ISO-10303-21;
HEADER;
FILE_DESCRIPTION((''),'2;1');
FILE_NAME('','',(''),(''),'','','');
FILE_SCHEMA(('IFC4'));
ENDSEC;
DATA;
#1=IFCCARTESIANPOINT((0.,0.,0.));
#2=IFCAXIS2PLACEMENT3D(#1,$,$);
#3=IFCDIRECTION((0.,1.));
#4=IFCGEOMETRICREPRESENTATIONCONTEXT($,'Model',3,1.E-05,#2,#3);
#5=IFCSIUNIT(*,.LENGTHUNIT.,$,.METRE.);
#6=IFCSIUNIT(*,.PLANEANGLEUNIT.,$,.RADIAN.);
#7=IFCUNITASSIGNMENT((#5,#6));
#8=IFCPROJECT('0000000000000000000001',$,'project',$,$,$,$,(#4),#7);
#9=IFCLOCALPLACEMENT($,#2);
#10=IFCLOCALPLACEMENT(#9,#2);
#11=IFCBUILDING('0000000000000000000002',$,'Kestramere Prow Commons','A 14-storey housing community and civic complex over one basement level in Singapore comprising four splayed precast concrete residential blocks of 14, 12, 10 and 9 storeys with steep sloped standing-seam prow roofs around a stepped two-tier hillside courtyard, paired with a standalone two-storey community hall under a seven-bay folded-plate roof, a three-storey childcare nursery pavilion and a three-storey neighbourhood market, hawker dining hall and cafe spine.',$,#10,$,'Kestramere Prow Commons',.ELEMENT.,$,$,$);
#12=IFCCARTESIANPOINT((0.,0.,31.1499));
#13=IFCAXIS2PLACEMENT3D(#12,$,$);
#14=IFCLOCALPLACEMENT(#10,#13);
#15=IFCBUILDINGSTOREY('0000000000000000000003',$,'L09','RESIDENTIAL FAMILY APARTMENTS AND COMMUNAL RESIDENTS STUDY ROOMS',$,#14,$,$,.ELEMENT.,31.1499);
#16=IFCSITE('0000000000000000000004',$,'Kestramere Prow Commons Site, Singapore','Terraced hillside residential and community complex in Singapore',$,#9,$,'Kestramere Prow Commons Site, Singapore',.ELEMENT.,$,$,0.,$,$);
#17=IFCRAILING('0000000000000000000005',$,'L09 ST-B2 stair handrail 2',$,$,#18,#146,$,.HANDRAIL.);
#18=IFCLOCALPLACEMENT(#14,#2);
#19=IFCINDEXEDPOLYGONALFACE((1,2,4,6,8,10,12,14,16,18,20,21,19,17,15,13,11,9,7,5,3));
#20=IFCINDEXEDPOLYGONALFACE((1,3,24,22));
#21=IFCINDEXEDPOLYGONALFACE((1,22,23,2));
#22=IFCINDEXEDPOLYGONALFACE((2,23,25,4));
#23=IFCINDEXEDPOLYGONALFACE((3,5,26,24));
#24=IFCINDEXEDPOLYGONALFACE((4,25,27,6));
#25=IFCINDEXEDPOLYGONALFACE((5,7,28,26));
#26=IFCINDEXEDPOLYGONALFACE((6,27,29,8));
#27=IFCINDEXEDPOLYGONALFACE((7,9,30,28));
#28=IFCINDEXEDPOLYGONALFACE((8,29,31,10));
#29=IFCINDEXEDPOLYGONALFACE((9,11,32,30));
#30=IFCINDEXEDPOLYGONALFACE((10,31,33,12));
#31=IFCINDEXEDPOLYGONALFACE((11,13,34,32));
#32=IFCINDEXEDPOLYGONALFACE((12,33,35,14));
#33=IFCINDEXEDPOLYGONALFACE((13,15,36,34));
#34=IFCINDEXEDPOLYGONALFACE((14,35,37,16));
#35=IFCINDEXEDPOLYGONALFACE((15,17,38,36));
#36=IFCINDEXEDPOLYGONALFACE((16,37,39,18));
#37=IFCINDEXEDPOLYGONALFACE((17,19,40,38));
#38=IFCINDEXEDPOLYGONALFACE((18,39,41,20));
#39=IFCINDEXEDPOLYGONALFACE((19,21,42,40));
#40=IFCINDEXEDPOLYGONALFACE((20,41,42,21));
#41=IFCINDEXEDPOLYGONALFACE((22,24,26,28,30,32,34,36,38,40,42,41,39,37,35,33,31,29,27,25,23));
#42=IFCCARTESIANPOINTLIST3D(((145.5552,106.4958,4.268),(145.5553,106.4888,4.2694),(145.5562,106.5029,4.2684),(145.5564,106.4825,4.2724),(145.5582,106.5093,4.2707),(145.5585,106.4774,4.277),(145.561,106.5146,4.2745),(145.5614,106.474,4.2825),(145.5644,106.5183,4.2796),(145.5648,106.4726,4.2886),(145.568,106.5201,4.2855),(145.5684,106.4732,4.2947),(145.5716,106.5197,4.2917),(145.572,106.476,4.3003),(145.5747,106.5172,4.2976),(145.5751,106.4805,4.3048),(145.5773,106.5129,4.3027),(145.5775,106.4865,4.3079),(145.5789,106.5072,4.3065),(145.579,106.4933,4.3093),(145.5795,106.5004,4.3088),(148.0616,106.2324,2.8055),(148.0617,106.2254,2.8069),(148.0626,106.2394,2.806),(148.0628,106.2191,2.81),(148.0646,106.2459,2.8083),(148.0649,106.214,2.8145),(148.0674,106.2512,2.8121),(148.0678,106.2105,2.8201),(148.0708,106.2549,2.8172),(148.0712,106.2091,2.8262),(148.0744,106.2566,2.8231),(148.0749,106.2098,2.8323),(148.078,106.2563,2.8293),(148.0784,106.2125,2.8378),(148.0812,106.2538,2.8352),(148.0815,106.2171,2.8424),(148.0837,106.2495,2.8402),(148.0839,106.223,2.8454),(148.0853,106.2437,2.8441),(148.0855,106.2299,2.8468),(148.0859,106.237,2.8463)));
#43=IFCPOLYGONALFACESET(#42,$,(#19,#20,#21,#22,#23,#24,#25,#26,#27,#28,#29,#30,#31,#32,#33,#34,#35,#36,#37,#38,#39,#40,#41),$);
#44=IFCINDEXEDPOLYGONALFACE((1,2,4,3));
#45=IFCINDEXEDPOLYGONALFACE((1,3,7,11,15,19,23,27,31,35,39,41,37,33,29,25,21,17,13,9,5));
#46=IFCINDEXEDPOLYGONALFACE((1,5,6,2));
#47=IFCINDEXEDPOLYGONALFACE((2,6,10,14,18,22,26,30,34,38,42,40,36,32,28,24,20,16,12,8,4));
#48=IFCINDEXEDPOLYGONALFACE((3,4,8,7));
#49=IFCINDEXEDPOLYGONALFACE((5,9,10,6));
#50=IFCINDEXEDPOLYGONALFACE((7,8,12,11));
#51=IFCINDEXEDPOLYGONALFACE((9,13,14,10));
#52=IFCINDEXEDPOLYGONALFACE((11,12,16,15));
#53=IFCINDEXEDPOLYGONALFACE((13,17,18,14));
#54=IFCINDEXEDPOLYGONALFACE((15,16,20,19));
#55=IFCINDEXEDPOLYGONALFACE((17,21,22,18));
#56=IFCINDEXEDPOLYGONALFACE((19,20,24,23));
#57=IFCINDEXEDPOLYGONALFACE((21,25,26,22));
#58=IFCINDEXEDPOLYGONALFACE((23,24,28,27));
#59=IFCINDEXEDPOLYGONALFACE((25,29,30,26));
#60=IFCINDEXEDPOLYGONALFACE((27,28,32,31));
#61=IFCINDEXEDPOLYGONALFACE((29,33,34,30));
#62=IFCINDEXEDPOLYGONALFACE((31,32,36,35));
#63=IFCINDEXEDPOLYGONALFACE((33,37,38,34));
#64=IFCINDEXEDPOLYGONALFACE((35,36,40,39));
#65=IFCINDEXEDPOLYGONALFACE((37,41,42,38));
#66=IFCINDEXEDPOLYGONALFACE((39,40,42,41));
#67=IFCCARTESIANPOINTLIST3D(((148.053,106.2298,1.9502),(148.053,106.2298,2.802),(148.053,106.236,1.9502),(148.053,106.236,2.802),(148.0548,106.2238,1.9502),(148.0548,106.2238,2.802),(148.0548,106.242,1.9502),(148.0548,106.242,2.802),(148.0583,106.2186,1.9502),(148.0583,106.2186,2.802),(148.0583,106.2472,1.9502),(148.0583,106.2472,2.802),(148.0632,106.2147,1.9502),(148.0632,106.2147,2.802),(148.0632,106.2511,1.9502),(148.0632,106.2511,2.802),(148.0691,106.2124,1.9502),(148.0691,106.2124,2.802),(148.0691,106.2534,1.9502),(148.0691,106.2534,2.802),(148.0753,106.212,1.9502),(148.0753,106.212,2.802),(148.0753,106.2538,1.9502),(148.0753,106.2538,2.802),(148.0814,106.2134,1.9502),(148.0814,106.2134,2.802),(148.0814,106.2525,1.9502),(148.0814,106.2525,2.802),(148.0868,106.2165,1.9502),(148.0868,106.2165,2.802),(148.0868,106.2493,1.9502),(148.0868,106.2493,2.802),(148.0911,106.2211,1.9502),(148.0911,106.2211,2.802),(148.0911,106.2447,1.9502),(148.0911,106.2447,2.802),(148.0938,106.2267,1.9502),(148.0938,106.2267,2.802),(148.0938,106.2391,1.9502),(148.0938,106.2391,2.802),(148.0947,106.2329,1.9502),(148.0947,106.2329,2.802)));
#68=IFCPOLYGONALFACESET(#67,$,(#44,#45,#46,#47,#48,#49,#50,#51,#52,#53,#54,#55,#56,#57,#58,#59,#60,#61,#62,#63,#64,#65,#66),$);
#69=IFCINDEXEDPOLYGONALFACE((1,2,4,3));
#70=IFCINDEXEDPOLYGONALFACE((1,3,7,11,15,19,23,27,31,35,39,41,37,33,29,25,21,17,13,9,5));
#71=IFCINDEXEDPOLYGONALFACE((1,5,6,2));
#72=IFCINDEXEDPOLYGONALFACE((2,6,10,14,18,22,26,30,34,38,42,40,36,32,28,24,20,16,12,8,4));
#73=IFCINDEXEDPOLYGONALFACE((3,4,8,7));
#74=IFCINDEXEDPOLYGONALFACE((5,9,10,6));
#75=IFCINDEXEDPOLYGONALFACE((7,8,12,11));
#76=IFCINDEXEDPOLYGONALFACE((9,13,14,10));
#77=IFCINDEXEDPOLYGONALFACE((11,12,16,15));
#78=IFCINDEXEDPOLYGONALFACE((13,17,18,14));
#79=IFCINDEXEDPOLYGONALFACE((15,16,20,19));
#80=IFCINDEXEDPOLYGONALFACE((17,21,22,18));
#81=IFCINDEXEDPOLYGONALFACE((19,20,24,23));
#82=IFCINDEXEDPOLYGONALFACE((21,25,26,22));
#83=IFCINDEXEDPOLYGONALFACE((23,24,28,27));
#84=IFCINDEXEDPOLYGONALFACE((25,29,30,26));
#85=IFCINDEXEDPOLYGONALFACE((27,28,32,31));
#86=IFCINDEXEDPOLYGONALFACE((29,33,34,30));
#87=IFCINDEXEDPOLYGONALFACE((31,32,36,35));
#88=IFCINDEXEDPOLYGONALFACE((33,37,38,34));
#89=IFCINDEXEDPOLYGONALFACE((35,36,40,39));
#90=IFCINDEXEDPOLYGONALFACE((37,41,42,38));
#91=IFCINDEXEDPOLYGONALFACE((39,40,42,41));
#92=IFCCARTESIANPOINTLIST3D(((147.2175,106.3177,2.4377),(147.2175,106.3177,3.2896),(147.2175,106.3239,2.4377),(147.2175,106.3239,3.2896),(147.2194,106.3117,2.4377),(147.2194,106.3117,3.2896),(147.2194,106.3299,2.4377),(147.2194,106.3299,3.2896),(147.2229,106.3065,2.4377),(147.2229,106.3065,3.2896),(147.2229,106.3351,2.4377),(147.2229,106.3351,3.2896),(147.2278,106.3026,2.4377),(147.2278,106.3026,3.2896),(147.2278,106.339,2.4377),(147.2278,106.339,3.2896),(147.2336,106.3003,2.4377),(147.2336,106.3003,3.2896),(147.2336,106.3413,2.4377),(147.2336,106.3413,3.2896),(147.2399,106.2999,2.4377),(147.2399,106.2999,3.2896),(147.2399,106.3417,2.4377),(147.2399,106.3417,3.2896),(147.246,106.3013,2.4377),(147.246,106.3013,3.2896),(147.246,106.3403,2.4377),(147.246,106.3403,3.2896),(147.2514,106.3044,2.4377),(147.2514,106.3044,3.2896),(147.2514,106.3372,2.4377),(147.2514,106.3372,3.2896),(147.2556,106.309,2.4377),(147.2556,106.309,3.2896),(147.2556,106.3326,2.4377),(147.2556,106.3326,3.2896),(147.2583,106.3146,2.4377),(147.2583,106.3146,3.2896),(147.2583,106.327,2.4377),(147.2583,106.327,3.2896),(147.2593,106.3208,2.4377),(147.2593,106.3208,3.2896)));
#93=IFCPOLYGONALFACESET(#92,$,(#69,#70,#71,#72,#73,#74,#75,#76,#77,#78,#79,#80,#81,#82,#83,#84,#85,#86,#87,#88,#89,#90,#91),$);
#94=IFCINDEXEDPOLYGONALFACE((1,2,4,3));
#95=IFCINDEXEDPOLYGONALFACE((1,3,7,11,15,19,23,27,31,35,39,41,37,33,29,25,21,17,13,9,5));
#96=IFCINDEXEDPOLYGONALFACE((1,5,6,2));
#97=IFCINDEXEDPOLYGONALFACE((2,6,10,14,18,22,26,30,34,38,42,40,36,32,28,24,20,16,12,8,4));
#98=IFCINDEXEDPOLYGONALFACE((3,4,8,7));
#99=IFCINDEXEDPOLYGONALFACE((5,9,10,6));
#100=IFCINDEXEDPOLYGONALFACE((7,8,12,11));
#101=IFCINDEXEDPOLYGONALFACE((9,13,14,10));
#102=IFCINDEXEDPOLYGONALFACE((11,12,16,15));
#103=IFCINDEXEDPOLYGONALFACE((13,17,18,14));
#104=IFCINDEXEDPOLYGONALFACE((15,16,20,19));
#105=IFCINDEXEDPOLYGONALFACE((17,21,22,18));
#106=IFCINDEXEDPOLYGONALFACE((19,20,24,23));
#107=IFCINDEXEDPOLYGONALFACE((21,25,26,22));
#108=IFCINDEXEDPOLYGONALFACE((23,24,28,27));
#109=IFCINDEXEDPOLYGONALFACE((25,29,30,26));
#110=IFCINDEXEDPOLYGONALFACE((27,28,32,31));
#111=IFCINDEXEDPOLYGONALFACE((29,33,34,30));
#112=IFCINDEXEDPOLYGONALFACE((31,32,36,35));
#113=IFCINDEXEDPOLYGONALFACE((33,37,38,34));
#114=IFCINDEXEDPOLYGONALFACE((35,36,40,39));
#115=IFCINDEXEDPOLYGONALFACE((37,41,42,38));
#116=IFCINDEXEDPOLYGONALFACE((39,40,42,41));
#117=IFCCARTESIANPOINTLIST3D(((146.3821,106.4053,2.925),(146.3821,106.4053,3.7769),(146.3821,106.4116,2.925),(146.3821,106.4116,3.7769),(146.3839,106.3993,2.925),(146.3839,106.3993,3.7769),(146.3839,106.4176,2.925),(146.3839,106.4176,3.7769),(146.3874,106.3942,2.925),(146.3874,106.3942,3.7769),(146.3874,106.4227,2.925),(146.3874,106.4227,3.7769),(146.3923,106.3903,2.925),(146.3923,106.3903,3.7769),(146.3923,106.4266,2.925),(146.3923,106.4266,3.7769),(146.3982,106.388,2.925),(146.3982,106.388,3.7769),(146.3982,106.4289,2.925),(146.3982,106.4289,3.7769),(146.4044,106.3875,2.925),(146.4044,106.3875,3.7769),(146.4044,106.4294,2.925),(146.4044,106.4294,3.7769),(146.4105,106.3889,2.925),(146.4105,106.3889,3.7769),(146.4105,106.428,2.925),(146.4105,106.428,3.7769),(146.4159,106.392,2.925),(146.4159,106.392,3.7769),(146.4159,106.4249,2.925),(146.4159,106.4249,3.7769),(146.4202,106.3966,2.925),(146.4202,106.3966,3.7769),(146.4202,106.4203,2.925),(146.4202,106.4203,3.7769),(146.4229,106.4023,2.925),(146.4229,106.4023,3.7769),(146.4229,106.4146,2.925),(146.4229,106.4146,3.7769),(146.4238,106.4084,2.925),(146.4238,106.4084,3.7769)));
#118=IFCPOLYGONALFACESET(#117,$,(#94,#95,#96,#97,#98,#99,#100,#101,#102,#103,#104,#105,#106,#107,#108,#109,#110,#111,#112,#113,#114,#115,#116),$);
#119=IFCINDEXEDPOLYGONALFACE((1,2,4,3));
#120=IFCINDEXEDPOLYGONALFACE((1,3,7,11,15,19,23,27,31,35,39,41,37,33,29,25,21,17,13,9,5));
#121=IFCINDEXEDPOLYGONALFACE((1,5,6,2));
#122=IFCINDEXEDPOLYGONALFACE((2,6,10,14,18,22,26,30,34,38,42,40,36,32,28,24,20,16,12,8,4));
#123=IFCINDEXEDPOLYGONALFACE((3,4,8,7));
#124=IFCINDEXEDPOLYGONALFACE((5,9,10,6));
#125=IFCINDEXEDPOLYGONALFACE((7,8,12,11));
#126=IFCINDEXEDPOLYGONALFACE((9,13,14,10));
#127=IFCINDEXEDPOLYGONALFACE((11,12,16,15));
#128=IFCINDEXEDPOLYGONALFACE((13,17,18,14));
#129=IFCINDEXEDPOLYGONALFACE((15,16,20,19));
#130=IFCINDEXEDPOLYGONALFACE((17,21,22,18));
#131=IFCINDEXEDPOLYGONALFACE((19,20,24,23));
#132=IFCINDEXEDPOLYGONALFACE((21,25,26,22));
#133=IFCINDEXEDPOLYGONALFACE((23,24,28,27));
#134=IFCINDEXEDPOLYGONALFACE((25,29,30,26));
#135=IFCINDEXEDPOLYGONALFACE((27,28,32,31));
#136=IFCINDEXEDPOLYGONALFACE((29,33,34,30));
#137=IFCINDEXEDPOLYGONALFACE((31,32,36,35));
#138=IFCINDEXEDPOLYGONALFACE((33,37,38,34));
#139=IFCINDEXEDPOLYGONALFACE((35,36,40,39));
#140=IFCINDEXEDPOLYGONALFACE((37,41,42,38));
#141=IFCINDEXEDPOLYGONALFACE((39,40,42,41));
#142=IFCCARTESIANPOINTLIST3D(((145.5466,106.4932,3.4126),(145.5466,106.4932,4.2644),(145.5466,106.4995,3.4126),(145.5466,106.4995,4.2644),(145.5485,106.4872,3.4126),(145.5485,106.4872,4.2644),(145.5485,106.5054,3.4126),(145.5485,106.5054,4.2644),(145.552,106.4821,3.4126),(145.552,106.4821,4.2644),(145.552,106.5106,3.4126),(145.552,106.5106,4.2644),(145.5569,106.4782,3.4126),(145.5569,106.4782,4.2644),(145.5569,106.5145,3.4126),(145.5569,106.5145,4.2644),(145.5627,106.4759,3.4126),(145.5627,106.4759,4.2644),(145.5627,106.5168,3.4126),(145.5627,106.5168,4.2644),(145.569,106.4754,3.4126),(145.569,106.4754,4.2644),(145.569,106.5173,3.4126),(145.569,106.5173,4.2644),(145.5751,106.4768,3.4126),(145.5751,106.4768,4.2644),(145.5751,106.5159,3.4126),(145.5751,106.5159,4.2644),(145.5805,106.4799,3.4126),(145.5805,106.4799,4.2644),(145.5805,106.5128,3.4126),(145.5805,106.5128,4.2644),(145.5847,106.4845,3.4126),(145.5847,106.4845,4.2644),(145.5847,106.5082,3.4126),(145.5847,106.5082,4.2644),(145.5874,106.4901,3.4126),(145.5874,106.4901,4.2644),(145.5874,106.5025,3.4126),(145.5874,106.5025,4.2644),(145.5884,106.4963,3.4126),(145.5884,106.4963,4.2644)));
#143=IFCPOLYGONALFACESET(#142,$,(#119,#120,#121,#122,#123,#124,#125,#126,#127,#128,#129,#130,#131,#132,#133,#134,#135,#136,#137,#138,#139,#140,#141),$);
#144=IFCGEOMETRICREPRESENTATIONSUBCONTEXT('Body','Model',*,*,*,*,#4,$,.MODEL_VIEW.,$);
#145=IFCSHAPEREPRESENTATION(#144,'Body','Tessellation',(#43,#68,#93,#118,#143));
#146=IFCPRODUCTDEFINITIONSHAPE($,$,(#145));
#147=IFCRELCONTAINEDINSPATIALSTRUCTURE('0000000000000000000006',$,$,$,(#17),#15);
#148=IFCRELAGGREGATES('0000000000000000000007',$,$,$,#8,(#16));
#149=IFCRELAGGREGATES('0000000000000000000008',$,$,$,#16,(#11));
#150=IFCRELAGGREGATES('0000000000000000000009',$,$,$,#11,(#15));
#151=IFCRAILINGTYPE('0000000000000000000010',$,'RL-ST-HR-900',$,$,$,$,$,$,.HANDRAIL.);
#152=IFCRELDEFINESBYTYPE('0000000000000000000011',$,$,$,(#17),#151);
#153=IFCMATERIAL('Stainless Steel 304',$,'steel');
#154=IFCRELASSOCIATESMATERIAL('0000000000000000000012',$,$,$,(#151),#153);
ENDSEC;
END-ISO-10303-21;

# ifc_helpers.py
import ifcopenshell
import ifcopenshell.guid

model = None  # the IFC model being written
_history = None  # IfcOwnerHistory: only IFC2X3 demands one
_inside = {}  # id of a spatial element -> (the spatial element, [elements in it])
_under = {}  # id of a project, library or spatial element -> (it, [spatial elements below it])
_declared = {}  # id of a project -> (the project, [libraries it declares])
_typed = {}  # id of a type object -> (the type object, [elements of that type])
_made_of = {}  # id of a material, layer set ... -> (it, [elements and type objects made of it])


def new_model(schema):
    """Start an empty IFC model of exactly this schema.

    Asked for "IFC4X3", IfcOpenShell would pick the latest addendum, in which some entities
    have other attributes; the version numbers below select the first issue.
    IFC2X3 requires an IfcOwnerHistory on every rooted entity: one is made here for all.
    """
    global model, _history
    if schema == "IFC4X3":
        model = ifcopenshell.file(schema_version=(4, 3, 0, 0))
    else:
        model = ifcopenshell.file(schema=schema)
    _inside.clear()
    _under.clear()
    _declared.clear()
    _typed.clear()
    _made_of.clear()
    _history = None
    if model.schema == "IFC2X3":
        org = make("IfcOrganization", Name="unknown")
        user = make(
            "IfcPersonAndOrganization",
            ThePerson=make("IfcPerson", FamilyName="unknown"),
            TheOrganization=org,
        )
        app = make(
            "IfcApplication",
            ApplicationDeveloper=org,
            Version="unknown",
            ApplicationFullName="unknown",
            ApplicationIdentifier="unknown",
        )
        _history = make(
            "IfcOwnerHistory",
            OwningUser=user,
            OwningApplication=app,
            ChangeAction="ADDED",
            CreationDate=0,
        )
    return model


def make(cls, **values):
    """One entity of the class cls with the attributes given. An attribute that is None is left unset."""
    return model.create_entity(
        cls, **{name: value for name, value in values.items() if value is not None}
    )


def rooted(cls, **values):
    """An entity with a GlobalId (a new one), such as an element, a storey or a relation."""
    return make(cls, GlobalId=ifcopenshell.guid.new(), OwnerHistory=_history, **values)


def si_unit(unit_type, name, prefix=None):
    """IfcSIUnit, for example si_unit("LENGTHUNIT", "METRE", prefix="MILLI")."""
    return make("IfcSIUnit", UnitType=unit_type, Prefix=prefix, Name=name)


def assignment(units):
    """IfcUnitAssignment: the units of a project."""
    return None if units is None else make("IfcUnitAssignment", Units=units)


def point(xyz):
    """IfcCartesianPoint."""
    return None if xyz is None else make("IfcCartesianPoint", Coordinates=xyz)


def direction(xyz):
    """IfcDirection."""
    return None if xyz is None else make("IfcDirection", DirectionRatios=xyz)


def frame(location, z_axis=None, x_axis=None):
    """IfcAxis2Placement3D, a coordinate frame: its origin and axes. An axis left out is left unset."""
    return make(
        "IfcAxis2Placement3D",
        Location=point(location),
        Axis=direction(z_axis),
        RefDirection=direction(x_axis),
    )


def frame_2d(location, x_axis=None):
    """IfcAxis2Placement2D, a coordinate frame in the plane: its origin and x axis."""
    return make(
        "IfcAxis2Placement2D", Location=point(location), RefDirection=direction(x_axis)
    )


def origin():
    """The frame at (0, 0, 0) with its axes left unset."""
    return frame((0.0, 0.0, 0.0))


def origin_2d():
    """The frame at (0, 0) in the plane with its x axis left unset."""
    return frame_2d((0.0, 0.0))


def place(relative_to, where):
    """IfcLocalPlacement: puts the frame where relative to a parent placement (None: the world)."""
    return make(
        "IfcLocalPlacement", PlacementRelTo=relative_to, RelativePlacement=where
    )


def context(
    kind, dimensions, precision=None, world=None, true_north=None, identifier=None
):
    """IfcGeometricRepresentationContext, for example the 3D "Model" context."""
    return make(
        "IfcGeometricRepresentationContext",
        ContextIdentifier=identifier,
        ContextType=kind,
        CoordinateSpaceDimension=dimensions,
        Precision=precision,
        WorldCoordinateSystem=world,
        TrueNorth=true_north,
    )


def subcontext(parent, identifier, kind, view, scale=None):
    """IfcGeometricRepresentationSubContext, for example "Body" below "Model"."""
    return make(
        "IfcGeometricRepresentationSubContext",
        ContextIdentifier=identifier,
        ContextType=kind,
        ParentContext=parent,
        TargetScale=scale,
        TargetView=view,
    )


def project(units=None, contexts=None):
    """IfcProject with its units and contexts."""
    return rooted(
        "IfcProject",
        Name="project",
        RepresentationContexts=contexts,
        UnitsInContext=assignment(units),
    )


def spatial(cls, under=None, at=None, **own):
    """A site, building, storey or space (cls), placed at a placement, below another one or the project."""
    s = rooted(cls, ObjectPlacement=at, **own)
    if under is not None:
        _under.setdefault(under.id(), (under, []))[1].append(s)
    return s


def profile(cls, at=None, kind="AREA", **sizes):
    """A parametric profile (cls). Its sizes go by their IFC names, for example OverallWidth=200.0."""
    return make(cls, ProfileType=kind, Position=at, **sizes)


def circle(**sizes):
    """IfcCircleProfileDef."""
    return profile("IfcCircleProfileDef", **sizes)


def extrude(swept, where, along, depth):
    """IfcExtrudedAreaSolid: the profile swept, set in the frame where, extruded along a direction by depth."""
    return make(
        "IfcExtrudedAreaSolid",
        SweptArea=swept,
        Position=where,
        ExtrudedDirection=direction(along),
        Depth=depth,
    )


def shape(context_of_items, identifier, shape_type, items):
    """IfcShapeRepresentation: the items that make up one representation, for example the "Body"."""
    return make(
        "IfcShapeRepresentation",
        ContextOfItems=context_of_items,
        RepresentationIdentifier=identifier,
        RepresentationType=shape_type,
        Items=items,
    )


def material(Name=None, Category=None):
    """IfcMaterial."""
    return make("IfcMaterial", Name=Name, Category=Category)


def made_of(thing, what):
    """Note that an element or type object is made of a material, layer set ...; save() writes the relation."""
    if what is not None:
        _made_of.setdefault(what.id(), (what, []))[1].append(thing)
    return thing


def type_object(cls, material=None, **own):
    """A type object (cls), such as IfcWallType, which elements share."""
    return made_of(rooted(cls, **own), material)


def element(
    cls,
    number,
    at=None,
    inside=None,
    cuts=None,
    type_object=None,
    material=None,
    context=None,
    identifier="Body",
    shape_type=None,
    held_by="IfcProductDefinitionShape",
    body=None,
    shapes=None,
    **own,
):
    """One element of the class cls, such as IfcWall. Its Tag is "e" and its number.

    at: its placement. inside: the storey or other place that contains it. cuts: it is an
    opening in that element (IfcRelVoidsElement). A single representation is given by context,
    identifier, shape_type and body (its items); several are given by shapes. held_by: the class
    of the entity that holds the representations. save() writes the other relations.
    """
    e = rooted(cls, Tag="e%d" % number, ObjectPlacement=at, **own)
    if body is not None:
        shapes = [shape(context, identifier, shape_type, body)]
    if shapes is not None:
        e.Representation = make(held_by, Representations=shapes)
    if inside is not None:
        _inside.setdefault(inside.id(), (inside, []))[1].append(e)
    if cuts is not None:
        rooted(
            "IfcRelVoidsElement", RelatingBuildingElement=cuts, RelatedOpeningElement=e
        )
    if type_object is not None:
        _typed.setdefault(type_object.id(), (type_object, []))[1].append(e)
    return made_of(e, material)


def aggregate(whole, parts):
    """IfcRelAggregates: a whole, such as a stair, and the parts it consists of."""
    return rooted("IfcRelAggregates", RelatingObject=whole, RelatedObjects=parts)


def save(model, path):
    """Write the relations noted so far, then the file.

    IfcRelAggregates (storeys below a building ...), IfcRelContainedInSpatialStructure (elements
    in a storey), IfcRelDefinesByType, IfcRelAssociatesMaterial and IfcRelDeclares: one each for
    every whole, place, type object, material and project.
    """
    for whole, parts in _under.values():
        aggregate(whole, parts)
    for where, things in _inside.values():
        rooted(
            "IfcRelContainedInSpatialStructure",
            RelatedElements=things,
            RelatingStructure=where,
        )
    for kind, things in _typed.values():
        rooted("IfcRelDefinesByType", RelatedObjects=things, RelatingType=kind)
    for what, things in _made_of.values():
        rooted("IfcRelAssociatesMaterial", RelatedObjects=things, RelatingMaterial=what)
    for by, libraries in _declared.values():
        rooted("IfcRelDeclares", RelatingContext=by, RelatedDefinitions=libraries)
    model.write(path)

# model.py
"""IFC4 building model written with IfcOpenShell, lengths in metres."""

from ifc_helpers import new_model, si_unit, direction, frame, origin, origin_2d, place, context, subcontext, project, spatial, circle, extrude, material, type_object, element, save


model = new_model("IFC4")

# Units and contexts
model_context = context("Model", 3, precision=1e-05, world=origin(), true_north=direction((0.0, 1.0)))
body_context = subcontext(model_context, "Body", "Model", "MODEL_VIEW")
ifc_project = project(units=[si_unit("LENGTHUNIT", "METRE"), si_unit("PLANEANGLEUNIT", "RADIAN")], contexts=[model_context])

# Site, building, storey
site_placement = place(None, origin())
site = spatial("IfcSite", under=ifc_project, at=site_placement, Name="Kestramere Prow Commons Site, Singapore", Description="Terraced hillside residential and community complex in Singapore", LongName="Kestramere Prow Commons Site, Singapore", CompositionType="ELEMENT", RefElevation=0.0)
building_placement = place(site_placement, origin())
building = spatial("IfcBuilding", under=site, at=building_placement, Name="Kestramere Prow Commons", Description="A 14-storey housing community and civic complex over one basement level in Singapore comprising four splayed precast concrete residential blocks of 14, 12, 10 and 9 storeys with steep sloped standing-seam prow roofs around a stepped two-tier hillside courtyard, paired with a standalone two-storey community hall under a seven-bay folded-plate roof, a three-storey childcare nursery pavilion and a three-storey neighbourhood market, hawker dining hall and cafe spine.", LongName="Kestramere Prow Commons", CompositionType="ELEMENT")
storey_placement = place(building_placement, frame((0.0, 0.0, 31.1499)))
storey = spatial("IfcBuildingStorey", under=building, at=storey_placement, Name="L09", Description="RESIDENTIAL FAMILY APARTMENTS AND COMMUNAL RESIDENTS STUDY ROOMS", CompositionType="ELEMENT", Elevation=31.1499)

# Railing
ifc_material_1 = material(Name="Stainless Steel 304", Category="steel")
railing_type_1 = type_object("IfcRailingType", Name="RL-ST-HR-900", PredefinedType="HANDRAIL", material=ifc_material_1)
railing_1_placement = place(storey_placement, frame((148.0737, 106.2329, 1.9502)))
element("IfcRailing", 1, at=railing_1_placement, inside=storey, type_object=railing_type_1, Name="L09 ST-B2 stair handrail 2", PredefinedType="HANDRAIL", context=body_context, shape_type="SweptSolid", body=[
    extrude(circle(Radius=0.0239, at=origin_2d()), frame((0.0, 0.0, 0.876), z_axis=(-0.860187, 0.090409, 0.501901), x_axis=(-0.104528, -0.994522, 0.0)), (0.0, 0.0, 1.0), 2.9138),
    extrude(circle(Radius=0.021, at=origin_2d()), origin(), (0.0, 0.0, 1.0), 0.8518),
    extrude(circle(Radius=0.021, at=origin_2d()), frame((-0.8354, 0.0879, 0.4875)), (0.0, 0.0, 1.0), 0.8518),
    extrude(circle(Radius=0.021, at=origin_2d()), frame((-1.6709, 0.1755, 0.9749)), (0.0, 0.0, 1.0), 0.8518),
    extrude(circle(Radius=0.021, at=origin_2d()), frame((-2.5063, 0.2634, 1.4624)), (0.0, 0.0, 1.0), 0.8518),
])

save(model, "model.ifc")
